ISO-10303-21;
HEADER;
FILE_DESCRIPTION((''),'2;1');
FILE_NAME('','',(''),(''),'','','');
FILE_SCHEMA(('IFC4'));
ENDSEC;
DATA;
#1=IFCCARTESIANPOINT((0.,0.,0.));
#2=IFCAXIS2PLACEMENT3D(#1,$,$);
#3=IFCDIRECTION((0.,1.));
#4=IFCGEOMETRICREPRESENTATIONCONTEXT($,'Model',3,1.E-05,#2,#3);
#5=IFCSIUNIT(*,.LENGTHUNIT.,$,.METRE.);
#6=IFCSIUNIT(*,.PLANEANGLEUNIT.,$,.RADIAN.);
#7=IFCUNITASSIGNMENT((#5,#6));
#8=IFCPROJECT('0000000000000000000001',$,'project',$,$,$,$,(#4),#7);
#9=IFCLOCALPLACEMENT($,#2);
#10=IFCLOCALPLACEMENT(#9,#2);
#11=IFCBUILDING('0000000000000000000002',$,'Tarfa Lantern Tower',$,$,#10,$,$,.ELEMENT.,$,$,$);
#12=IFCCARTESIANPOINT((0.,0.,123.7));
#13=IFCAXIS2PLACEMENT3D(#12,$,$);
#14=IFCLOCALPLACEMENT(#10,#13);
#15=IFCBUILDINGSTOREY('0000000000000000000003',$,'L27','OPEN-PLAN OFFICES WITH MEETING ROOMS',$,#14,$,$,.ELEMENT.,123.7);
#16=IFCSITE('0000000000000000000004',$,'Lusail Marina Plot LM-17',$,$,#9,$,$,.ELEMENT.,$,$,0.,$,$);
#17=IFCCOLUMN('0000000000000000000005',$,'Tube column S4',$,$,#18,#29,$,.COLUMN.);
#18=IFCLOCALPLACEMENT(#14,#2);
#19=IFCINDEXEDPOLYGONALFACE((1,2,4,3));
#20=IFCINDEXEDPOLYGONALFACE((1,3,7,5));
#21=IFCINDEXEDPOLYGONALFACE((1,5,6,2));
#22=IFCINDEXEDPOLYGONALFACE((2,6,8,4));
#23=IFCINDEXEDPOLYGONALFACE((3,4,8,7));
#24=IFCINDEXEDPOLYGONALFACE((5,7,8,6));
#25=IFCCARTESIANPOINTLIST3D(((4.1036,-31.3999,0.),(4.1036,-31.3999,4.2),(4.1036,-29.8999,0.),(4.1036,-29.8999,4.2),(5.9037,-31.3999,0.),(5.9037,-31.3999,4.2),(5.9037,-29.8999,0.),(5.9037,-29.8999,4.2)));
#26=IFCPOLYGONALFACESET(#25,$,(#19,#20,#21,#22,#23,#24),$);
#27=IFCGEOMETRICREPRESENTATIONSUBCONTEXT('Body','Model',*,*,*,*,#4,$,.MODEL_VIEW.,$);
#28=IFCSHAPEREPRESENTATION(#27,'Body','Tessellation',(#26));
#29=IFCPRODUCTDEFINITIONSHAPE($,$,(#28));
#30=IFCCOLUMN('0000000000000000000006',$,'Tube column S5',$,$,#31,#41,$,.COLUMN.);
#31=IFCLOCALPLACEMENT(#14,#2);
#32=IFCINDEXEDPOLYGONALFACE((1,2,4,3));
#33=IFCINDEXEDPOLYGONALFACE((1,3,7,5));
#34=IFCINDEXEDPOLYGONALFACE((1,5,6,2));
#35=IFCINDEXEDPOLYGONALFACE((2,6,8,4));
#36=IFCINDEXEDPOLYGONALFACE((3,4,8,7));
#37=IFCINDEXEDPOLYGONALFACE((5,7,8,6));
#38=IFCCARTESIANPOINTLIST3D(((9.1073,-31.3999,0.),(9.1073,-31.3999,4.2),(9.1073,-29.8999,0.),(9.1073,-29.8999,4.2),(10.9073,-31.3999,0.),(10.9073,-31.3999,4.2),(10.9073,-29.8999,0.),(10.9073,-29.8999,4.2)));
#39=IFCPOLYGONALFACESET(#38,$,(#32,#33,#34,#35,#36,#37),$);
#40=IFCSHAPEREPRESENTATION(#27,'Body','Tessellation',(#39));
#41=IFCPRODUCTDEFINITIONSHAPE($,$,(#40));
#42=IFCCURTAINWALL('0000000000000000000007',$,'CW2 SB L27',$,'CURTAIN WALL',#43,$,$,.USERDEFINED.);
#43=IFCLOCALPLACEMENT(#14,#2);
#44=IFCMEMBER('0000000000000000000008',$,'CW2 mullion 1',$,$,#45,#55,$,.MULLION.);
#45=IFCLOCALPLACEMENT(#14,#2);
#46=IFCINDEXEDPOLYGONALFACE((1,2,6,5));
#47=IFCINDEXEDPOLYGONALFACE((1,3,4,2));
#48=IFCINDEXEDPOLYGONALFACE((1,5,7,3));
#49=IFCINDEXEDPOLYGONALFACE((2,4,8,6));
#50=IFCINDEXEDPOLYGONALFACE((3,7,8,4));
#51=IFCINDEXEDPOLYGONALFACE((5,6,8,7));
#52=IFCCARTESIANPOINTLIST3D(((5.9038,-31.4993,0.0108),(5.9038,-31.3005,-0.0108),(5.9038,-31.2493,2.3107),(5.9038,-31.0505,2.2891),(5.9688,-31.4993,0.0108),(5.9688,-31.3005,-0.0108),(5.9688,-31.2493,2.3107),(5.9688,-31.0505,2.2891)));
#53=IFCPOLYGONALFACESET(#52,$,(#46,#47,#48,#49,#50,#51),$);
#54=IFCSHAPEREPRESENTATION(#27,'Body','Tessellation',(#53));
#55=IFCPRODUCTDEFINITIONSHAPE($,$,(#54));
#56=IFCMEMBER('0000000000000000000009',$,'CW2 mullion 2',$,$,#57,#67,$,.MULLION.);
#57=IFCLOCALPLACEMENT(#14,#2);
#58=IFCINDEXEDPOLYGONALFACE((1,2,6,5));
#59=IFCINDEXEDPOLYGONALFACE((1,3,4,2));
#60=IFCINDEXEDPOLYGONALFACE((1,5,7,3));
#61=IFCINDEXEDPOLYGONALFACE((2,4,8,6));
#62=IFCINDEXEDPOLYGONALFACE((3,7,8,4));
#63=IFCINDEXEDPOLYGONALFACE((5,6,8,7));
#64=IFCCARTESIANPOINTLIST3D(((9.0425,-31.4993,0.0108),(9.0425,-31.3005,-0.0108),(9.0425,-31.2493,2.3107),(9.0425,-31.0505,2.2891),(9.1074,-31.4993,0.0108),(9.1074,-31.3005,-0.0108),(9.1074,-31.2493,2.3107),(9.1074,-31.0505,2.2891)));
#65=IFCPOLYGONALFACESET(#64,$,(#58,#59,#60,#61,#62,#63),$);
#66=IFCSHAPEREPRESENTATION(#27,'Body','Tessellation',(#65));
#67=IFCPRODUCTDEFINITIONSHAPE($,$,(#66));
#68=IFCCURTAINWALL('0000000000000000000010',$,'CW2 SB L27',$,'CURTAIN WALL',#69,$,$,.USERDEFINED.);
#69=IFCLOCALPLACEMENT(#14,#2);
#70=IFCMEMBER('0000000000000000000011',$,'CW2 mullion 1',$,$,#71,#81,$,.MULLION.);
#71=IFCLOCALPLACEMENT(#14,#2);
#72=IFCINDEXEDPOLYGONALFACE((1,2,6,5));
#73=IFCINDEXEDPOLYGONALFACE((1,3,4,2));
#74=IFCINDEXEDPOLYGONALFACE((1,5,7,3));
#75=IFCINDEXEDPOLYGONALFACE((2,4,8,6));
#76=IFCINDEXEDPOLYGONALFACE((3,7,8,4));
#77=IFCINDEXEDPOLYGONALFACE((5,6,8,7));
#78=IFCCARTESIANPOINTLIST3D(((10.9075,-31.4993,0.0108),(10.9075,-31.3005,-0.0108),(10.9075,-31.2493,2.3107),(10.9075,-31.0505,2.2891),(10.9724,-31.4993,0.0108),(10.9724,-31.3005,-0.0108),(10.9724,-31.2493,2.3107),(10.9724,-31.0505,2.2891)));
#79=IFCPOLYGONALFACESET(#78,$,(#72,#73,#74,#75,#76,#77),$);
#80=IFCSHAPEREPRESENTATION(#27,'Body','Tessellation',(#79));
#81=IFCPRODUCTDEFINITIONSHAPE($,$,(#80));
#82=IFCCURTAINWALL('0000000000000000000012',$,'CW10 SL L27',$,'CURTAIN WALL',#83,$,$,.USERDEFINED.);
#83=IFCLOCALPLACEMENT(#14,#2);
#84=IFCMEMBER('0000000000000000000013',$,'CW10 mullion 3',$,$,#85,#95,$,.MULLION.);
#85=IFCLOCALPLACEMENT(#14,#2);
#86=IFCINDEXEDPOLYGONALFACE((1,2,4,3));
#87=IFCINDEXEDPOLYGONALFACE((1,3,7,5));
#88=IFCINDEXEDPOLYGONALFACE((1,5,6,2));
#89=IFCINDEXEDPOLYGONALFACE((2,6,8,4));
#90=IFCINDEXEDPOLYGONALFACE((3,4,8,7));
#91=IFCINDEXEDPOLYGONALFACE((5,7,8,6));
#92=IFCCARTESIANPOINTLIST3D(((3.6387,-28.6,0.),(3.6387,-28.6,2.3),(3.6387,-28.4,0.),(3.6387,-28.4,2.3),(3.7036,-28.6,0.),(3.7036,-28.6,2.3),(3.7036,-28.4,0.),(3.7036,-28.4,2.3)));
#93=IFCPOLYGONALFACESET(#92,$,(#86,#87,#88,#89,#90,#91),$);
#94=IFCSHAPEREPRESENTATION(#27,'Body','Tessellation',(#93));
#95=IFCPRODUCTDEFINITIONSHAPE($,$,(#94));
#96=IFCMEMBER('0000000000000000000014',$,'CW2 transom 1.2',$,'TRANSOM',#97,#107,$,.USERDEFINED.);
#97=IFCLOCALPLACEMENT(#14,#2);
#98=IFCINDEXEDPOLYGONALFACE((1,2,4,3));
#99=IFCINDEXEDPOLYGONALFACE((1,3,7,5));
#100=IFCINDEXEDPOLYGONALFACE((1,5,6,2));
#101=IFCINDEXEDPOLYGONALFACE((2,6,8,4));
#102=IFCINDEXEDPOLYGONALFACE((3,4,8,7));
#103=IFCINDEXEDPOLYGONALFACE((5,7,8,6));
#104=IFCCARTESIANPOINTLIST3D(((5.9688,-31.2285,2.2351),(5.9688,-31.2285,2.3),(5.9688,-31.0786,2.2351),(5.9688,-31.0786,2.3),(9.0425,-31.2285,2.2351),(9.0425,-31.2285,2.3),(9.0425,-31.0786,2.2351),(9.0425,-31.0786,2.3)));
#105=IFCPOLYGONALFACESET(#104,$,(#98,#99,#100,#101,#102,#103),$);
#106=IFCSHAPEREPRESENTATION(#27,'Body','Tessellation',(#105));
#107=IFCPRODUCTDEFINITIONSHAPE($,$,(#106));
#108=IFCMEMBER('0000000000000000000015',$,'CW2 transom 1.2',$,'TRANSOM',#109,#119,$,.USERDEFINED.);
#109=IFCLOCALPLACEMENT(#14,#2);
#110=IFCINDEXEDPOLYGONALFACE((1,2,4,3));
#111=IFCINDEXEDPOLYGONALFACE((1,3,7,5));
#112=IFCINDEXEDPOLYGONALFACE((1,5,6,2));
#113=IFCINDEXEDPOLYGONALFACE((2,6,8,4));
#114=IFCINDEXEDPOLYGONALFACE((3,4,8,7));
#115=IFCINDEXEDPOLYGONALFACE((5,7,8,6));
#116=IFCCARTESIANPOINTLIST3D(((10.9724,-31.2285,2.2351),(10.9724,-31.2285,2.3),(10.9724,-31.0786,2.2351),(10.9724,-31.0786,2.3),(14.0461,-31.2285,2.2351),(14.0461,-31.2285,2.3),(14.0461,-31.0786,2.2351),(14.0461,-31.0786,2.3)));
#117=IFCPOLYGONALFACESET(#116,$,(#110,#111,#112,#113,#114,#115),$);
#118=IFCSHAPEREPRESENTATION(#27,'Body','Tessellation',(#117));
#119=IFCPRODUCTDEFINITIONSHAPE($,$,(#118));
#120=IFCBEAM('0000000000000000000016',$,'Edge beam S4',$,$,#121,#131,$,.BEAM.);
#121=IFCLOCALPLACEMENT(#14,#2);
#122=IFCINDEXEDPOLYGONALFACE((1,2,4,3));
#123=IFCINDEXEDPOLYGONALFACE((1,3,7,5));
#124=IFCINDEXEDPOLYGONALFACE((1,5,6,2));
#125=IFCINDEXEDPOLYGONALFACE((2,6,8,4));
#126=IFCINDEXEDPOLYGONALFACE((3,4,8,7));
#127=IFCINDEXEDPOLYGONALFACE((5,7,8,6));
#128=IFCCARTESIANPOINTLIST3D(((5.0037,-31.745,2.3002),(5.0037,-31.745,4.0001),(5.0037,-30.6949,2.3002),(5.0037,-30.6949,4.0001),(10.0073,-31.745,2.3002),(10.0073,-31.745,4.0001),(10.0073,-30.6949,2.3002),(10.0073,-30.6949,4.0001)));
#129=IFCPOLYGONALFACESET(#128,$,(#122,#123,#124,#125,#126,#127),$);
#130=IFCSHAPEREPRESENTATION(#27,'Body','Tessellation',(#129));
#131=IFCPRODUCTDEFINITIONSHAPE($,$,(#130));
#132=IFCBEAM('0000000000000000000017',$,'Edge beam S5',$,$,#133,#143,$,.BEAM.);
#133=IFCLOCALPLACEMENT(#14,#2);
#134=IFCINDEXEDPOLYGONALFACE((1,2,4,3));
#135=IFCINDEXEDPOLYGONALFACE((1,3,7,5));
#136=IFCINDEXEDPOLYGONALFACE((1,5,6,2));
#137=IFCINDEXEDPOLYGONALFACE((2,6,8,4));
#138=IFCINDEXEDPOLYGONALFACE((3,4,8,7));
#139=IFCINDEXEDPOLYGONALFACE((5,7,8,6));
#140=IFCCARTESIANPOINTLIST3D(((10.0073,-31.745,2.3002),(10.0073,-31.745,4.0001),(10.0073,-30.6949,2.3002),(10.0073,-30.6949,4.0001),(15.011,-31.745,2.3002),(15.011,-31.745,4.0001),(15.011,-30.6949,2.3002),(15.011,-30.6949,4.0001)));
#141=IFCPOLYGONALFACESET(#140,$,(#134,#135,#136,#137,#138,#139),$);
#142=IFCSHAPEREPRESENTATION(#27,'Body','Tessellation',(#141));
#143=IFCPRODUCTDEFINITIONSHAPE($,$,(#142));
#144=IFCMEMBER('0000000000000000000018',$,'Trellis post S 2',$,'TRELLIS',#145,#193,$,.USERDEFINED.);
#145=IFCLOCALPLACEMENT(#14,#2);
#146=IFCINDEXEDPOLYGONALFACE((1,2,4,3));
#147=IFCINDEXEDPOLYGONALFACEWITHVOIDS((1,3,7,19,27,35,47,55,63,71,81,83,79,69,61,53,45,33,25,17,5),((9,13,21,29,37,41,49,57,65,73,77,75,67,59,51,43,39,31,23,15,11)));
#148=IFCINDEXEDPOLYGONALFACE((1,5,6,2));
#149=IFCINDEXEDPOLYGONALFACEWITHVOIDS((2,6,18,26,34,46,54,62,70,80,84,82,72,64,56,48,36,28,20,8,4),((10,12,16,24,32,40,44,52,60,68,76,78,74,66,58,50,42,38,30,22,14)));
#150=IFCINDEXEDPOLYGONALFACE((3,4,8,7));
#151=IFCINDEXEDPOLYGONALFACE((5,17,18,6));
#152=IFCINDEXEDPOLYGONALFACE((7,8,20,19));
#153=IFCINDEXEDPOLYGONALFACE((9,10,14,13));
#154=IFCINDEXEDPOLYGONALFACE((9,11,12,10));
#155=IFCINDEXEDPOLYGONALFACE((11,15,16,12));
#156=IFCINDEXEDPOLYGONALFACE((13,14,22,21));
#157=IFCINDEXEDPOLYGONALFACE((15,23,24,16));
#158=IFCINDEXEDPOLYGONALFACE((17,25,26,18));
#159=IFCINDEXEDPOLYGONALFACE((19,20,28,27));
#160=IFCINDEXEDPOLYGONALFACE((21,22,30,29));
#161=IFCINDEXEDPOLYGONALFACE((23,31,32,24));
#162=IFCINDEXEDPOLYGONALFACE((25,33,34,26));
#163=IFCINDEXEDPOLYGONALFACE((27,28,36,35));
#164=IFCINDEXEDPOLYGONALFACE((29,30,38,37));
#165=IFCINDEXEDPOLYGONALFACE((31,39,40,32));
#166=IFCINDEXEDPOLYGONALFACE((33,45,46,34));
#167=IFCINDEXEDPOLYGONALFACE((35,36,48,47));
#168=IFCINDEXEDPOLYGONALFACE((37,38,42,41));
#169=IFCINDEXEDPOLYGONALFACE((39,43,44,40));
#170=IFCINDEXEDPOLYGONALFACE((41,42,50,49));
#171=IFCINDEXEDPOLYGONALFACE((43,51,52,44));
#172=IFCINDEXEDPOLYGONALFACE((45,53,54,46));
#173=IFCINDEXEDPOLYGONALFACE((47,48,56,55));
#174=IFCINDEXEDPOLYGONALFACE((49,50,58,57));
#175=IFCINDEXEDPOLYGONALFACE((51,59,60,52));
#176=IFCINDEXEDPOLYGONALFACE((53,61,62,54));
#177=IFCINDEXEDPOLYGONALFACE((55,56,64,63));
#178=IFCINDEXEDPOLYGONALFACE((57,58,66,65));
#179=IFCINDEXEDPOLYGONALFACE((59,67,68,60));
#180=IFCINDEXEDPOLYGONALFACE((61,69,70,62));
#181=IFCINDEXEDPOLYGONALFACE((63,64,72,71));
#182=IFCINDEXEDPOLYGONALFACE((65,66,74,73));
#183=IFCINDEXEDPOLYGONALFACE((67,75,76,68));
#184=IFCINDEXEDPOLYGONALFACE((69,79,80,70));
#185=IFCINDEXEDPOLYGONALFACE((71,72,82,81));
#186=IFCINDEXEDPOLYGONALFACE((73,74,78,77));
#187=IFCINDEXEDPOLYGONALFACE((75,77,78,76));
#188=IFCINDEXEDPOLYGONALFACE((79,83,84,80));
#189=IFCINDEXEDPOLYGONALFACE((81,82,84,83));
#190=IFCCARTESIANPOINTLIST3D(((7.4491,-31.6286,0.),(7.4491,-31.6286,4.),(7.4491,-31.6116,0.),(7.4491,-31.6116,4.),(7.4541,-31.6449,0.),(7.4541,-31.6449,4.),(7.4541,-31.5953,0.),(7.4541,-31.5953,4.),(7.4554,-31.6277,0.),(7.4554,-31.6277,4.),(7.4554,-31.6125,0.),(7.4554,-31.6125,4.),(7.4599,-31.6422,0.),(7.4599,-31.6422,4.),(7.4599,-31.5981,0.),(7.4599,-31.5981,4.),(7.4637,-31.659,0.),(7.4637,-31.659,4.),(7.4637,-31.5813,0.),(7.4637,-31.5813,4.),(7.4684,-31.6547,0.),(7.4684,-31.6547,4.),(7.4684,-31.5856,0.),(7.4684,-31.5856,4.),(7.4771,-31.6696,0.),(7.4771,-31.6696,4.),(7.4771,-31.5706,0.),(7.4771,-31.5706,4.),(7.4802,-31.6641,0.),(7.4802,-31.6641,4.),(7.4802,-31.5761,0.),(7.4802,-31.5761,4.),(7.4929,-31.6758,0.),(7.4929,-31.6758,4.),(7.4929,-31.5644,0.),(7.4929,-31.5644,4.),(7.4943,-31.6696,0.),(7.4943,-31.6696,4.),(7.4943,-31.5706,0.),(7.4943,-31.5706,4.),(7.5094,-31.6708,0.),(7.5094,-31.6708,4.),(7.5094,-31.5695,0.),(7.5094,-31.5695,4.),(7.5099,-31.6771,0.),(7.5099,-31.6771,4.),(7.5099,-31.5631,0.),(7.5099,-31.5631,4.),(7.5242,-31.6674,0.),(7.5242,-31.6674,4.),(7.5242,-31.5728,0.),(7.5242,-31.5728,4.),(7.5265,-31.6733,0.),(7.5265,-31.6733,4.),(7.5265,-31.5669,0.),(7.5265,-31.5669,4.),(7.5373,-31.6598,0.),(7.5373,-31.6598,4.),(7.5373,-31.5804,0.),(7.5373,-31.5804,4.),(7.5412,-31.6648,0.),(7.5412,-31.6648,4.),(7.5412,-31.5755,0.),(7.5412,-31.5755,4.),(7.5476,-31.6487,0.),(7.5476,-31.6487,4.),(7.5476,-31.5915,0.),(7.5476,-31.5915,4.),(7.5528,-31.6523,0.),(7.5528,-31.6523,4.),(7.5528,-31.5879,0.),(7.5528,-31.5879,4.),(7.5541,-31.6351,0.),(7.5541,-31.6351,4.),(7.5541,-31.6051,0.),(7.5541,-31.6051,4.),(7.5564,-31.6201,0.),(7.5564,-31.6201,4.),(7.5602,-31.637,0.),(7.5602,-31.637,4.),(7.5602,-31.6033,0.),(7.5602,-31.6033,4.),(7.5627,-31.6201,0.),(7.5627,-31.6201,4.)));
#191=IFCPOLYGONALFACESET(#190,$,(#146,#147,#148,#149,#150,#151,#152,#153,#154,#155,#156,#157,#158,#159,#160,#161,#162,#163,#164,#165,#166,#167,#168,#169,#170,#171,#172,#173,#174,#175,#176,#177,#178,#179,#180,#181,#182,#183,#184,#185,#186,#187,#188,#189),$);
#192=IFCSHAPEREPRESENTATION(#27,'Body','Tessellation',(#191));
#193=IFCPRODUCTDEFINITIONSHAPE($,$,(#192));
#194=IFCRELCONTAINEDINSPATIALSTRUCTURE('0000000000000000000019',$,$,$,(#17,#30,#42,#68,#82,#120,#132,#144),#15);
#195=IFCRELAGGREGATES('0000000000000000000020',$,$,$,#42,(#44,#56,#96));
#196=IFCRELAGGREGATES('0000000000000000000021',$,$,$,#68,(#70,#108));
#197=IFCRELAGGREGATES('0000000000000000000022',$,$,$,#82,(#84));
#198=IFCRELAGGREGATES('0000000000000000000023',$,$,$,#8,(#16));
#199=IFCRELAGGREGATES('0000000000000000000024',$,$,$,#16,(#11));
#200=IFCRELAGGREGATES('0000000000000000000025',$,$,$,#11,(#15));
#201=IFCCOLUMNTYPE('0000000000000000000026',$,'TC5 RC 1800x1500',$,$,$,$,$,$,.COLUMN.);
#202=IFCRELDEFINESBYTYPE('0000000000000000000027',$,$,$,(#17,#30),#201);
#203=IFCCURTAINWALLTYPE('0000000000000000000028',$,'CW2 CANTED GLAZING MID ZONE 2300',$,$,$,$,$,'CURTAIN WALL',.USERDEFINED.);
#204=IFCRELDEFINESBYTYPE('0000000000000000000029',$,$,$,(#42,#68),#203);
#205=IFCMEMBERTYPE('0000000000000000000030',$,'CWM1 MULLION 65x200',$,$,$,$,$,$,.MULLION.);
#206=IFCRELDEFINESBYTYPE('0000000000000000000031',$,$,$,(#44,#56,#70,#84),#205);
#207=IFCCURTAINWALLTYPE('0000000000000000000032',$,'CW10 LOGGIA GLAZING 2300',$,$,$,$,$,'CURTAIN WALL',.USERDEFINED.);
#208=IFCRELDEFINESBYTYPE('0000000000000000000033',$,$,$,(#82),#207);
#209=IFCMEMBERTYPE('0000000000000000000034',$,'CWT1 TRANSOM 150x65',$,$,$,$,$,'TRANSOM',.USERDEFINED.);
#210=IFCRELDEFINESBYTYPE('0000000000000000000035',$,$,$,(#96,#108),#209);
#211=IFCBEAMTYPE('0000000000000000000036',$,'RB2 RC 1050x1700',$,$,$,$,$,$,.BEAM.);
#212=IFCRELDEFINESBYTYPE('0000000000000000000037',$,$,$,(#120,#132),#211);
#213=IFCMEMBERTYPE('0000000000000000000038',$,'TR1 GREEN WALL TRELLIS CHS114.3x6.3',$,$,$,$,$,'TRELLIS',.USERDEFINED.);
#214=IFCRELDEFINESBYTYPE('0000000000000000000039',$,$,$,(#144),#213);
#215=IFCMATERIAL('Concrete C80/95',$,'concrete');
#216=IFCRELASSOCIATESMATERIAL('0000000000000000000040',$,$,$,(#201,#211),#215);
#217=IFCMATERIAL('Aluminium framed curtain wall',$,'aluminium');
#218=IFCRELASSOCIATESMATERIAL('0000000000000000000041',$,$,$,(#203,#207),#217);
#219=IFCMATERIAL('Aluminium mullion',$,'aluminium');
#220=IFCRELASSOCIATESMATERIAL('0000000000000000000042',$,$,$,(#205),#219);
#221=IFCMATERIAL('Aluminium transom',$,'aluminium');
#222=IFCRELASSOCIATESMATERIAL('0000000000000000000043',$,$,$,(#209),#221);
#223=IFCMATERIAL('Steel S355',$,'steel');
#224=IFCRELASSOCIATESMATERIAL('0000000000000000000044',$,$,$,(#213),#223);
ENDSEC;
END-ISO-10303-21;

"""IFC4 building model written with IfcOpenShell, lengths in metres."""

from ifc_helpers import new_model, si_unit, direction, frame, origin, origin_2d, place, context, subcontext, project, spatial, rectangle, hollow_circle, extrude, material, material_profile, profile_set, type_object, element, aggregate, save


model = new_model("IFC4")

# Units and contexts
model_context = context("Model", 3, precision=1e-05, world=origin(), true_north=direction((0.0, 1.0)))
body_context = subcontext(model_context, "Body", "Model", "MODEL_VIEW")
ifc_project = project(units=[si_unit("LENGTHUNIT", "METRE"), si_unit("PLANEANGLEUNIT", "RADIAN")], contexts=[model_context])

# Site, building, storey
site_placement = place(None, origin())
site = spatial("IfcSite", under=ifc_project, at=site_placement, Name="Lusail Marina Plot LM-17", CompositionType="ELEMENT", RefElevation=0.0)
building_placement = place(site_placement, origin())
building = spatial("IfcBuilding", under=site, at=building_placement, Name="Tarfa Lantern Tower", CompositionType="ELEMENT")
storey_placement = place(building_placement, frame((0.0, 0.0, 123.7)))
storey = spatial("IfcBuildingStorey", under=building, at=storey_placement, Name="L27", Description="OPEN-PLAN OFFICES WITH MEETING ROOMS", CompositionType="ELEMENT", Elevation=123.7)

# Columns
ifc_material_1 = material(Name="Concrete C80/95", Category="concrete")
ifc_material_profile_1 = material_profile(ifc_material_1, rectangle(XDim=1.8, YDim=1.5, at=origin_2d()), Name="RC 1800x1500")
ifc_profile_set_1 = profile_set([ifc_material_profile_1], Name="Concrete C80/95")
column_type = type_object("IfcColumnType", Name="TC5 RC 1800x1500", PredefinedType="COLUMN", material=ifc_profile_set_1)
for number, where, z_axis, x_axis, name in (
    (1, (5.0037, -30.6499, 0.0), (0.0, 0.0, 1.0), (1.0, 0.0, 0.0), "Tube column S4"),
    (2, (10.0073, -30.6499, 0.0), (0.0, 0.0, 1.0), (1.0, 0.0, 0.0), "Tube column S5"),
):
    element("IfcColumn", number, at=place(storey_placement, frame(where, z_axis=z_axis, x_axis=x_axis)), inside=storey, type_object=column_type, Name=name, PredefinedType="COLUMN", context=body_context, shape_type="SweptSolid", body=[
        extrude(rectangle(XDim=1.8, YDim=1.5, at=origin_2d()), origin(), (0.0, 0.0, 1.0), 4.2),
    ])

# Curtain wall, members
ifc_material_2 = material(Name="Aluminium framed curtain wall", Category="aluminium")
curtain_wall_type_1 = type_object("IfcCurtainWallType", Name="CW2 CANTED GLAZING MID ZONE 2300", ElementType="CURTAIN WALL", PredefinedType="USERDEFINED", material=ifc_material_2)
curtain_wall_1_placement = place(storey_placement, origin())
curtain_wall_1 = element("IfcCurtainWall", 3, at=curtain_wall_1_placement, inside=storey, type_object=curtain_wall_type_1, Name="CW2 SB L27", ObjectType="CURTAIN WALL", PredefinedType="USERDEFINED")
ifc_material_3 = material(Name="Aluminium mullion", Category="aluminium")
ifc_material_profile_2 = material_profile(ifc_material_3, rectangle(XDim=0.0649, YDim=0.2, at=origin_2d()), Name="AL MULLION 65x200")
ifc_profile_set_2 = profile_set([ifc_material_profile_2], Name="Aluminium mullion")
member_type_1 = type_object("IfcMemberType", Name="CWM1 MULLION 65x200", PredefinedType="MULLION", material=ifc_profile_set_2)
member_1_placement = place(storey_placement, frame((5.9363, -31.3999, 0.0), z_axis=(0.0, 0.108057, 0.994145), x_axis=(-1.0, 0.0, 0.0)))
member_1 = element("IfcMember", 4, at=member_1_placement, type_object=member_type_1, Name="CW2 mullion 1", PredefinedType="MULLION", context=body_context, shape_type="SweptSolid", body=[
    extrude(rectangle(XDim=0.0649, YDim=0.2, at=origin_2d()), origin(), (0.0, 0.0, 1.0), 2.3135),
])
member_2_placement = place(storey_placement, frame((9.075, -31.3999, 0.0), z_axis=(0.0, 0.108057, 0.994145), x_axis=(-1.0, 0.0, 0.0)))
member_2 = element("IfcMember", 5, at=member_2_placement, type_object=member_type_1, Name="CW2 mullion 2", PredefinedType="MULLION", context=body_context, shape_type="SweptSolid", body=[
    extrude(rectangle(XDim=0.0649, YDim=0.2, at=origin_2d()), origin(), (0.0, 0.0, 1.0), 2.3135),
])

# Curtain walls, members
curtain_wall_2_placement = place(storey_placement, origin())
curtain_wall_2 = element("IfcCurtainWall", 6, at=curtain_wall_2_placement, inside=storey, type_object=curtain_wall_type_1, Name="CW2 SB L27", ObjectType="CURTAIN WALL", PredefinedType="USERDEFINED")
member_3_placement = place(storey_placement, frame((10.9399, -31.3999, 0.0), z_axis=(0.0, 0.108057, 0.994145), x_axis=(-1.0, 0.0, 0.0)))
member_3 = element("IfcMember", 7, at=member_3_placement, type_object=member_type_1, Name="CW2 mullion 1", PredefinedType="MULLION", context=body_context, shape_type="SweptSolid", body=[
    extrude(rectangle(XDim=0.0649, YDim=0.2, at=origin_2d()), origin(), (0.0, 0.0, 1.0), 2.3135),
])
curtain_wall_type_2 = type_object("IfcCurtainWallType", Name="CW10 LOGGIA GLAZING 2300", ElementType="CURTAIN WALL", PredefinedType="USERDEFINED", material=ifc_material_2)
curtain_wall_3_placement = place(storey_placement, origin())
curtain_wall_3 = element("IfcCurtainWall", 8, at=curtain_wall_3_placement, inside=storey, type_object=curtain_wall_type_2, Name="CW10 SL L27", ObjectType="CURTAIN WALL", PredefinedType="USERDEFINED")
member_4_placement = place(storey_placement, frame((3.6711, -28.5, 0.0), z_axis=(0.0, 0.0, 1.0), x_axis=(1.0, 0.0, 0.0)))
member_4 = element("IfcMember", 9, at=member_4_placement, type_object=member_type_1, Name="CW10 mullion 3", PredefinedType="MULLION", context=body_context, shape_type="SweptSolid", body=[
    extrude(rectangle(XDim=0.0649, YDim=0.2, at=origin_2d()), origin(), (0.0, 0.0, 1.0), 2.3),
])

# Members
ifc_material_4 = material(Name="Aluminium transom", Category="aluminium")
ifc_material_profile_3 = material_profile(ifc_material_4, rectangle(XDim=0.1499, YDim=0.0649, at=origin_2d()), Name="AL TRANSOM 150x65")
ifc_profile_set_3 = profile_set([ifc_material_profile_3], Name="Aluminium transom")
member_type_2 = type_object("IfcMemberType", Name="CWT1 TRANSOM 150x65", ElementType="TRANSOM", PredefinedType="USERDEFINED", material=ifc_profile_set_3)
member_5_placement = place(storey_placement, frame((5.9688, -31.1536, 2.2676), z_axis=(1.0, 0.0, 0.0), x_axis=(0.0, 1.0, 0.0)))
member_5 = element("IfcMember", 10, at=member_5_placement, type_object=member_type_2, Name="CW2 transom 1.2", ObjectType="TRANSOM", PredefinedType="USERDEFINED", context=body_context, shape_type="SweptSolid", body=[
    extrude(rectangle(XDim=0.1499, YDim=0.0649, at=origin_2d()), origin(), (0.0, 0.0, 1.0), 3.0737),
])
member_6_placement = place(storey_placement, frame((10.9724, -31.1536, 2.2676), z_axis=(1.0, 0.0, 0.0), x_axis=(0.0, 1.0, 0.0)))
member_6 = element("IfcMember", 11, at=member_6_placement, type_object=member_type_2, Name="CW2 transom 1.2", ObjectType="TRANSOM", PredefinedType="USERDEFINED", context=body_context, shape_type="SweptSolid", body=[
    extrude(rectangle(XDim=0.1499, YDim=0.0649, at=origin_2d()), origin(), (0.0, 0.0, 1.0), 3.0737),
])

# Beams
ifc_material_profile_4 = material_profile(ifc_material_1, rectangle(XDim=1.05, YDim=1.7, at=origin_2d()), Name="RC 1050x1700")
ifc_profile_set_4 = profile_set([ifc_material_profile_4], Name="Concrete C80/95")
beam_type_1 = type_object("IfcBeamType", Name="RB2 RC 1050x1700", PredefinedType="BEAM", material=ifc_profile_set_4)
for number, where, z_axis, x_axis, name in (
    (12, (5.0037, -31.22, 3.1501), (1.0, 0.0, 0.0), (0.0, 1.0, 0.0), "Edge beam S4"),
    (13, (10.0073, -31.22, 3.1501), (1.0, 0.0, 0.0), (0.0, 1.0, 0.0), "Edge beam S5"),
):
    element("IfcBeam", number, at=place(storey_placement, frame(where, z_axis=z_axis, x_axis=x_axis)), inside=storey, type_object=beam_type_1, Name=name, PredefinedType="BEAM", context=body_context, shape_type="SweptSolid", body=[
        extrude(rectangle(XDim=1.05, YDim=1.7, at=origin_2d()), origin(), (0.0, 0.0, 1.0), 5.0037),
    ])

# Member
ifc_material_5 = material(Name="Steel S355", Category="steel")
ifc_material_profile_5 = material_profile(ifc_material_5, hollow_circle(Radius=0.0571, WallThickness=0.0063, at=origin_2d()), Name="CHS114.3x6.3")
ifc_profile_set_5 = profile_set([ifc_material_profile_5], Name="Steel S355")
member_type_3 = type_object("IfcMemberType", Name="TR1 GREEN WALL TRELLIS CHS114.3x6.3", ElementType="TRELLIS", PredefinedType="USERDEFINED", material=ifc_profile_set_5)
member_7_placement = place(storey_placement, frame((7.5056, -31.6201, 0.0), z_axis=(0.0, 0.0, 1.0), x_axis=(1.0, 0.0, 0.0)))
element("IfcMember", 14, at=member_7_placement, inside=storey, type_object=member_type_3, Name="Trellis post S 2", ObjectType="TRELLIS", PredefinedType="USERDEFINED", context=body_context, shape_type="SweptSolid", body=[
    extrude(hollow_circle(Radius=0.0571, WallThickness=0.0063, at=origin_2d()), origin(), (0.0, 0.0, 1.0), 4.0),
])

aggregate(curtain_wall_1, [member_1, member_2, member_5])
aggregate(curtain_wall_2, [member_3, member_6])
aggregate(curtain_wall_3, [member_4])

save(model, "model.ifc")
